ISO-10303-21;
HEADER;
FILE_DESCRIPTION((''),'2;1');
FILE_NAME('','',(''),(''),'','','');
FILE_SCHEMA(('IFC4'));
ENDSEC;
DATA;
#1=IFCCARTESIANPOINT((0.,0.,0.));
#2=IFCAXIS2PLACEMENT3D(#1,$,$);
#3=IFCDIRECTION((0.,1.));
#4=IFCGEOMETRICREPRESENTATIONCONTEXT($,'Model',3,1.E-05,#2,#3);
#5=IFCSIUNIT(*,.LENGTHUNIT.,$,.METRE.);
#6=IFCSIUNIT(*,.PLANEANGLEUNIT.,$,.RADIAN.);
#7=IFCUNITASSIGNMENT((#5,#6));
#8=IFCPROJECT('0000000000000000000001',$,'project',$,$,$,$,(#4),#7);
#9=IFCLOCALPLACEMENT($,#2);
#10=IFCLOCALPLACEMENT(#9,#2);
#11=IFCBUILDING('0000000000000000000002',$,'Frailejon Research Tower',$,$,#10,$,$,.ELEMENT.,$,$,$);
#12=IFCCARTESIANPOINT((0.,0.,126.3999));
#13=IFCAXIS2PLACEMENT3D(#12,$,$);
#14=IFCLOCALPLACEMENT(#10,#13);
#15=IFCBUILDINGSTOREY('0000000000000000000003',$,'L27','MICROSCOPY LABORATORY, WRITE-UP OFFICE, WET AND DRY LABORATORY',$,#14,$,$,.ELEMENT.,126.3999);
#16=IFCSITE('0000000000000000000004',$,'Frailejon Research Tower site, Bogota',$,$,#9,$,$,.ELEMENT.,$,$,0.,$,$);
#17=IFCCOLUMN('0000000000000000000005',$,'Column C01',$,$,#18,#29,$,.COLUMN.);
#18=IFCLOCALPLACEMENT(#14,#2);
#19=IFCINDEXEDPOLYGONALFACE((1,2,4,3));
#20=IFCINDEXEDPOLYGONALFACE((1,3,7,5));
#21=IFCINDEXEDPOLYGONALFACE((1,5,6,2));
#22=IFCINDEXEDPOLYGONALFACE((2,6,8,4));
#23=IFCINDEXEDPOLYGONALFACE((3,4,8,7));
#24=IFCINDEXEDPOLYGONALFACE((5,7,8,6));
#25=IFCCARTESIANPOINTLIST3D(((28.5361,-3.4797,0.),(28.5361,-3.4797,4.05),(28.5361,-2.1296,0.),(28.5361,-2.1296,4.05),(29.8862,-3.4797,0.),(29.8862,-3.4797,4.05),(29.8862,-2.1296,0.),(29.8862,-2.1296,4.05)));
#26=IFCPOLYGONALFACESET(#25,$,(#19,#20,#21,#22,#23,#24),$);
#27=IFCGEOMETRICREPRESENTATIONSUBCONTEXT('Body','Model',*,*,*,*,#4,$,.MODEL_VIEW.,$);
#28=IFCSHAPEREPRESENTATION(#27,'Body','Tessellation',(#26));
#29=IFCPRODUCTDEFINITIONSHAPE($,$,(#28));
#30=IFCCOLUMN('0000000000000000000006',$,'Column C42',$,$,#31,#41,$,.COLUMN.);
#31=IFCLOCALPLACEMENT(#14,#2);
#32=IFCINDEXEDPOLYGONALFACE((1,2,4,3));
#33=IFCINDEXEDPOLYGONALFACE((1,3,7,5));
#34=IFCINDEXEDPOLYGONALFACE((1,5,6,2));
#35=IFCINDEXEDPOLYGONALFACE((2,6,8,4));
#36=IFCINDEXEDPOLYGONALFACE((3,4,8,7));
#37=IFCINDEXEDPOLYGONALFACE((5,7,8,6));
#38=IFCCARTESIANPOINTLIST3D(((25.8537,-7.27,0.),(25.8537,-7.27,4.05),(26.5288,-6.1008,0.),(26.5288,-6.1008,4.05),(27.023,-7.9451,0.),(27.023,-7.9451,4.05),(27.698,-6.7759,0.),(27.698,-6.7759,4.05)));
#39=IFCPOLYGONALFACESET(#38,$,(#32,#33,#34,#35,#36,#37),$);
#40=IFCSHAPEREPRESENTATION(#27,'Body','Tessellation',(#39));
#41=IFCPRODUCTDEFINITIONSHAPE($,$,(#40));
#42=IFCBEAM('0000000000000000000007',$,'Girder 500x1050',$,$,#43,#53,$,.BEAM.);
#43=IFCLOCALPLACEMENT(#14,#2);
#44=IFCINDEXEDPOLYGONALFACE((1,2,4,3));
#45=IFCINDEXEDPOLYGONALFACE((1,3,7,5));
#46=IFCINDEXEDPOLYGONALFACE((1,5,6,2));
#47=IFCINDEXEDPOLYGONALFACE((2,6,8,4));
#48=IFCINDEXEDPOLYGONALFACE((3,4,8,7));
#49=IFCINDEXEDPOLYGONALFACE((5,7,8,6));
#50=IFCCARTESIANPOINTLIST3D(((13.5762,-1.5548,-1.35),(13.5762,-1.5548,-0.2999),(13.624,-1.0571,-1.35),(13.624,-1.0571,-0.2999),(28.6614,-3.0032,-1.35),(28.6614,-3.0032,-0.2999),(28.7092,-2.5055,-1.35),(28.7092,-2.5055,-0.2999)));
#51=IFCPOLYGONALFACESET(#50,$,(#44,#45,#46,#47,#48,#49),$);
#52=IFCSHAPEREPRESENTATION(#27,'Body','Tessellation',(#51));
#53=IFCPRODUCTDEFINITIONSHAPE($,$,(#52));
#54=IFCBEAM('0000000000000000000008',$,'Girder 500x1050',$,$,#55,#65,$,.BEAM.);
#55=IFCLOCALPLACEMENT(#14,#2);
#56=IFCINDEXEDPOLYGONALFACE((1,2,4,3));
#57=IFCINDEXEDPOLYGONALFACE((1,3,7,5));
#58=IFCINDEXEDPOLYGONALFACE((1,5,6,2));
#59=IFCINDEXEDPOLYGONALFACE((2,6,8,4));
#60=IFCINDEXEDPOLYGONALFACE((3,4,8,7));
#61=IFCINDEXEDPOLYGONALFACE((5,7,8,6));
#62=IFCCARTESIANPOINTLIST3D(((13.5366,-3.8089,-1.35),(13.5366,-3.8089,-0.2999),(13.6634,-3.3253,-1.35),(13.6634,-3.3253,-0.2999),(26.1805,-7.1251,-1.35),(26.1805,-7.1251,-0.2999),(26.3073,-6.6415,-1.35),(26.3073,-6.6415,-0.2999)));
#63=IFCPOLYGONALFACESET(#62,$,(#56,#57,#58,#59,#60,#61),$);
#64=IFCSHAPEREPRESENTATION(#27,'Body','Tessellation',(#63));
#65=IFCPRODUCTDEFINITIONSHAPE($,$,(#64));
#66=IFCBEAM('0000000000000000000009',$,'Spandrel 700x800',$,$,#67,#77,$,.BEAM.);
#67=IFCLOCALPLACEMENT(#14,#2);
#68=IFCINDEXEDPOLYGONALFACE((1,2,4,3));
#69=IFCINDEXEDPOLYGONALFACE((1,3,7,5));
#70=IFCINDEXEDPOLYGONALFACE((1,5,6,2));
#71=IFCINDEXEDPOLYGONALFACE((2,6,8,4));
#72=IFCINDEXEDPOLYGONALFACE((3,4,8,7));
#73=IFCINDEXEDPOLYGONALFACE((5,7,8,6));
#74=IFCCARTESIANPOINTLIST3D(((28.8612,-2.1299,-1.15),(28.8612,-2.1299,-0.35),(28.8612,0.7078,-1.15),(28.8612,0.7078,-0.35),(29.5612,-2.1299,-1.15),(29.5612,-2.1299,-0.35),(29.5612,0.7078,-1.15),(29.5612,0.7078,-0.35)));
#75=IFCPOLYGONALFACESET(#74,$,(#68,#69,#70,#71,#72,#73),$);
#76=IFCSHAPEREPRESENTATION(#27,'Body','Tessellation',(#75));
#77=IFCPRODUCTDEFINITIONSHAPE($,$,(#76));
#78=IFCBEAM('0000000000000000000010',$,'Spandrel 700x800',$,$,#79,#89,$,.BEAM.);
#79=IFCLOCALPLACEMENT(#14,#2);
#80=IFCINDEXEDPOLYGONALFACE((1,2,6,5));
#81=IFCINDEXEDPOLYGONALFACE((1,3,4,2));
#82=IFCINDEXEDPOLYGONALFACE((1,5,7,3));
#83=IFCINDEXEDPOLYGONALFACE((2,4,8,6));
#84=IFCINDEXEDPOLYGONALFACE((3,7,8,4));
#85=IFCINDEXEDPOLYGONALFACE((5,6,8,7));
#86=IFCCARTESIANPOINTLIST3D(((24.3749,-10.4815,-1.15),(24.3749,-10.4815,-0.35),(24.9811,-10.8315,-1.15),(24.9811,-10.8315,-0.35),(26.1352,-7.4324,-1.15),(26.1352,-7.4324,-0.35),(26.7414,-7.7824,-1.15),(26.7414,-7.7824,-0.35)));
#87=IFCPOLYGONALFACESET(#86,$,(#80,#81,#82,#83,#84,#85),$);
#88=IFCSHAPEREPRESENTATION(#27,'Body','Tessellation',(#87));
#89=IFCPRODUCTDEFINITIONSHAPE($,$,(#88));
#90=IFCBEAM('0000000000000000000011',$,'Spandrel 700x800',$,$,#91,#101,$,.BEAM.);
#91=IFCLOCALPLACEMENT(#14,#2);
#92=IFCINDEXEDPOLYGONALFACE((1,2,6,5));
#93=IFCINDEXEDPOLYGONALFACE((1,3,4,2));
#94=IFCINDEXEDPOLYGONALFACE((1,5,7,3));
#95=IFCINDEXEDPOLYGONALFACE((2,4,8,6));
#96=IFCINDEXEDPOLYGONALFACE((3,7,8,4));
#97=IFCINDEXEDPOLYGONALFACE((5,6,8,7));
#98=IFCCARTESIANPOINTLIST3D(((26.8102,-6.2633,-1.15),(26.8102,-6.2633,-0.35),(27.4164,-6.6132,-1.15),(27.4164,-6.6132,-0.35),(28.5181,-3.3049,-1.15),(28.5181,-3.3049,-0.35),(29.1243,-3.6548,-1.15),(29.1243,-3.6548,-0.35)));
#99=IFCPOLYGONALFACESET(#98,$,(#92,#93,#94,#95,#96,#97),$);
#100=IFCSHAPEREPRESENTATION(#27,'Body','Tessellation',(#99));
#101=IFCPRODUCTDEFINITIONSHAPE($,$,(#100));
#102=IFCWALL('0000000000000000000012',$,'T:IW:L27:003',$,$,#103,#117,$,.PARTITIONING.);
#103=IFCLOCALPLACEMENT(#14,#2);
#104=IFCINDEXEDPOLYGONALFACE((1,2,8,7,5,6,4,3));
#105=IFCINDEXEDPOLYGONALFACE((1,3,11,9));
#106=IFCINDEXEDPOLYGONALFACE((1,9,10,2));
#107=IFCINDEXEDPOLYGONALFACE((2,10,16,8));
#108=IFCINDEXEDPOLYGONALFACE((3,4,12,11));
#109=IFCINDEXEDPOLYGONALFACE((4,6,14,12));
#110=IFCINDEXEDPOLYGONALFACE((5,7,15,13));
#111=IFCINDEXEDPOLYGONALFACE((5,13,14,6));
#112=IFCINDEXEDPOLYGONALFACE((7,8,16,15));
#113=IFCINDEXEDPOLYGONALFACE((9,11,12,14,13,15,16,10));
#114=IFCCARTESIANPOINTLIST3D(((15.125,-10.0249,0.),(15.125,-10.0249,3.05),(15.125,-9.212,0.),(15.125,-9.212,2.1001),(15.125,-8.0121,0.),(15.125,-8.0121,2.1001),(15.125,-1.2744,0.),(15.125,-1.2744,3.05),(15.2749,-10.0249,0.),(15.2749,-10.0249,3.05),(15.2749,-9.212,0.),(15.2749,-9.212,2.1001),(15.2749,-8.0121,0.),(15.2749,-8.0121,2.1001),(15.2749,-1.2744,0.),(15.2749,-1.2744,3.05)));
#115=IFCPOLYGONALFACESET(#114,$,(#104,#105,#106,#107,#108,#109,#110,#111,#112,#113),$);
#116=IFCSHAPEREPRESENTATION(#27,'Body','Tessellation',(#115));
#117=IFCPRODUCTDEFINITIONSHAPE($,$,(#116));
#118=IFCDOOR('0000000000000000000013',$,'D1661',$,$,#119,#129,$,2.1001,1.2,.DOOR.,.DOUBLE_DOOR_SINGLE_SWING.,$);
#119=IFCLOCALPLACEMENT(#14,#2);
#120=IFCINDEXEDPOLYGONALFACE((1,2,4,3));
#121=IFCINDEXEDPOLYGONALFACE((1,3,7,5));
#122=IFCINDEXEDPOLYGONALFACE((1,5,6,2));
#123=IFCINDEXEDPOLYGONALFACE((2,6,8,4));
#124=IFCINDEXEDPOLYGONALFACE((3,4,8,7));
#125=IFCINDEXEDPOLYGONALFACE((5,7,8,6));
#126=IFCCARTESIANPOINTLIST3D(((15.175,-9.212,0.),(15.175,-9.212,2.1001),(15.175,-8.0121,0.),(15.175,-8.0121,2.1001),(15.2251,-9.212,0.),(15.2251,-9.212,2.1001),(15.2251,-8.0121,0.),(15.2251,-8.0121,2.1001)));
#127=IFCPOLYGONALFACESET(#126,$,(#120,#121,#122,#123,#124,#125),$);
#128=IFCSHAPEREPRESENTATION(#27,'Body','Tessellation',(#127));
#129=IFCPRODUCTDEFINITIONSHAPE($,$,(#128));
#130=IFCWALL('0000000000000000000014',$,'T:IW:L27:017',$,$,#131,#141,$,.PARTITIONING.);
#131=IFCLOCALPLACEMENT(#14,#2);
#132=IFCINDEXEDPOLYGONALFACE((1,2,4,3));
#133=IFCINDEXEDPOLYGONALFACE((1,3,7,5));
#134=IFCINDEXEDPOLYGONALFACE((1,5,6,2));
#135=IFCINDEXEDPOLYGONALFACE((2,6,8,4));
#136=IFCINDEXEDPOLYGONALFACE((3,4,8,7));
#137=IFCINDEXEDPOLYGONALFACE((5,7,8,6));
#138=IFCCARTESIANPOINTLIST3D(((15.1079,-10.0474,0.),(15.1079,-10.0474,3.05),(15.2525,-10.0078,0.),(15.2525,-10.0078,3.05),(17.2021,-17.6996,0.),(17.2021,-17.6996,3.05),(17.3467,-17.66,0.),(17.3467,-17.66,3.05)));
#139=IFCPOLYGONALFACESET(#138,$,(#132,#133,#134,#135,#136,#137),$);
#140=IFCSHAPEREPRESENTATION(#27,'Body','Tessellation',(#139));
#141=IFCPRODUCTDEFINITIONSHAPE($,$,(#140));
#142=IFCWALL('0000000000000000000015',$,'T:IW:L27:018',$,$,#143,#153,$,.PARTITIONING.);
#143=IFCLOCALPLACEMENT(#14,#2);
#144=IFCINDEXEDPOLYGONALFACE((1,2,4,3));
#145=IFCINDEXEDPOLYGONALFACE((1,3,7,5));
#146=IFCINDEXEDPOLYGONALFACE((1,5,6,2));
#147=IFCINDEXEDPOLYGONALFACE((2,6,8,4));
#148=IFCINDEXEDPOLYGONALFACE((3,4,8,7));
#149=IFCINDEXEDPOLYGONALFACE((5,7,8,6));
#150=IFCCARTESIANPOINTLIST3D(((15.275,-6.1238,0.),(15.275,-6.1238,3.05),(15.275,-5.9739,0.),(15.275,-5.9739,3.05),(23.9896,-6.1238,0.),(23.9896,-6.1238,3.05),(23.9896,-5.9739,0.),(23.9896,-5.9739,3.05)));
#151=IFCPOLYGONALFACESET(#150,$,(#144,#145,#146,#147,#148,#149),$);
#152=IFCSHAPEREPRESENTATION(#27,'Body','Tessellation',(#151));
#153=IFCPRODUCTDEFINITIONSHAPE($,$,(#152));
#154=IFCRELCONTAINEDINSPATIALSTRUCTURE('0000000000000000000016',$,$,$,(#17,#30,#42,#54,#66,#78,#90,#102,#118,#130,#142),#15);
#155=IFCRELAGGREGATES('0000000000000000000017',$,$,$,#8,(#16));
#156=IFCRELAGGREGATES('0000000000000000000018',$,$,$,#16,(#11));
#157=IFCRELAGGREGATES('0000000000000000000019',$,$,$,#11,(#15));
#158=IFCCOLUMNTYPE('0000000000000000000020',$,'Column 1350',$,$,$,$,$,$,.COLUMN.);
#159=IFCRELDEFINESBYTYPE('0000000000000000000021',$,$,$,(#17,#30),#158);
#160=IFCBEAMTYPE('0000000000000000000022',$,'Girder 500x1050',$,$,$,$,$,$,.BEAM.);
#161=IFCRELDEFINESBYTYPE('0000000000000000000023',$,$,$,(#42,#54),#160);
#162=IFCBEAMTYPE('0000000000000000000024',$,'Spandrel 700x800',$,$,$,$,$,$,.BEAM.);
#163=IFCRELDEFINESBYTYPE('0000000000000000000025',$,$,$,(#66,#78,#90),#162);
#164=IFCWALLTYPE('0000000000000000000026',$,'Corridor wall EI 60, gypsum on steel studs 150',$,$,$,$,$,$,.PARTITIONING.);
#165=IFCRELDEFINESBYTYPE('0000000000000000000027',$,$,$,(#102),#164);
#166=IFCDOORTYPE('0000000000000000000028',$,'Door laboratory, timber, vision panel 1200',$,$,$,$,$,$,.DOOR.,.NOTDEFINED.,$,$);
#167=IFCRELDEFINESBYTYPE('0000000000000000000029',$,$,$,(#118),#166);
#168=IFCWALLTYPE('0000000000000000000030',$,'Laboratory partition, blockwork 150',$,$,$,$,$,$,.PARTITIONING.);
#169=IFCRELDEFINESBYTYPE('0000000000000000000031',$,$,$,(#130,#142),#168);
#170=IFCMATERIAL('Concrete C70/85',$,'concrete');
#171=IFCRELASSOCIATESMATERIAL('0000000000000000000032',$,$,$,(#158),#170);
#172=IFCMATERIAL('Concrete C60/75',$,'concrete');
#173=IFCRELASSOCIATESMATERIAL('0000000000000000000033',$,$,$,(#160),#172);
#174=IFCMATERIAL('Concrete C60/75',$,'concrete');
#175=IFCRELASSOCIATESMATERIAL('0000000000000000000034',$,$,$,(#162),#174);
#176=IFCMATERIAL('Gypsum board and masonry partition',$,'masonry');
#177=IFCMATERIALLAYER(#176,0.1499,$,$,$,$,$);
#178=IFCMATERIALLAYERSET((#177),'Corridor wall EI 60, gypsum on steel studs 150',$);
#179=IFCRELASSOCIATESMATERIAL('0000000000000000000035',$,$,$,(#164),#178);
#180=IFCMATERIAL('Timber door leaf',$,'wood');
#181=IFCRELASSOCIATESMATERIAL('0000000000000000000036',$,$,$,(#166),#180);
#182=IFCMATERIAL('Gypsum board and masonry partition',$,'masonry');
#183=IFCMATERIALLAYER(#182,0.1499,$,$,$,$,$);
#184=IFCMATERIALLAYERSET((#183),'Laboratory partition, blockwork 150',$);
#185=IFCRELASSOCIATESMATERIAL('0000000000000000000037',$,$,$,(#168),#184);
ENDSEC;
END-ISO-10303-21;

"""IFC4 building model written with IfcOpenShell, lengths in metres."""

from ifc_helpers import new_model, si_unit, direction, frame, frame_2d, origin, origin_2d, place, context, subcontext, project, spatial, rectangle, extrude, material, layer, layer_set, material_profile, profile_set, type_object, element, fill, save


model = new_model("IFC4")

# Units and contexts
model_context = context("Model", 3, precision=1e-05, world=origin(), true_north=direction((0.0, 1.0)))
body_context = subcontext(model_context, "Body", "Model", "MODEL_VIEW")
ifc_project = project(units=[si_unit("LENGTHUNIT", "METRE"), si_unit("PLANEANGLEUNIT", "RADIAN")], contexts=[model_context])

# Site, building, storey
site_placement = place(None, origin())
site = spatial("IfcSite", under=ifc_project, at=site_placement, Name="Frailejon Research Tower site, Bogota", CompositionType="ELEMENT", RefElevation=0.0)
building_placement = place(site_placement, origin())
building = spatial("IfcBuilding", under=site, at=building_placement, Name="Frailejon Research Tower", CompositionType="ELEMENT")
storey_placement = place(building_placement, frame((0.0, 0.0, 126.3999)))
storey = spatial("IfcBuildingStorey", under=building, at=storey_placement, Name="L27", Description="MICROSCOPY LABORATORY, WRITE-UP OFFICE, WET AND DRY LABORATORY", CompositionType="ELEMENT", Elevation=126.3999)

# Columns
ifc_material_1 = material(Name="Concrete C70/85", Category="concrete")
ifc_material_profile_1 = material_profile(ifc_material_1, rectangle(XDim=1.3501, YDim=1.3501, at=origin_2d()), Name="Column 1350")
ifc_profile_set_1 = profile_set([ifc_material_profile_1], Name="Concrete C70/85")
column_type = type_object("IfcColumnType", Name="Column 1350", PredefinedType="COLUMN", material=ifc_profile_set_1)
for number, where, z_axis, x_axis, name in (
    (1, (29.2112, -2.8047, 0.0), (0.0, 0.0, 1.0), (0.0, 1.0, 0.0), "Column C01"),
    (2, (26.7759, -7.0229, 0.0), (0.0, 0.0, 1.0), (0.5, 0.866025, 0.0), "Column C42"),
):
    element("IfcColumn", number, at=place(storey_placement, frame(where, z_axis=z_axis, x_axis=x_axis)), inside=storey, type_object=column_type, Name=name, PredefinedType="COLUMN", context=body_context, shape_type="SweptSolid", body=[
        extrude(rectangle(XDim=1.3501, YDim=1.3501, at=origin_2d()), origin(), (0.0, 0.0, 1.0), 4.05),
    ])

# Beams
ifc_material_2 = material(Name="Concrete C60/75", Category="concrete")
ifc_material_profile_2 = material_profile(ifc_material_2, rectangle(XDim=0.5, YDim=1.05, at=origin_2d()), Name="Girder 500x1050")
ifc_profile_set_2 = profile_set([ifc_material_profile_2], Name="Concrete C60/75")
beam_type_1 = type_object("IfcBeamType", Name="Girder 500x1050", PredefinedType="BEAM", material=ifc_profile_set_2)
beam_1_placement = place(storey_placement, frame((28.6853, -2.7544, -0.825), z_axis=(-0.995422, 0.095581, 0.0), x_axis=(-0.095581, -0.995422, 0.0)))
element("IfcBeam", 3, at=beam_1_placement, inside=storey, type_object=beam_type_1, Name="Girder 500x1050", PredefinedType="BEAM", context=body_context, shape_type="SweptSolid", body=[
    extrude(rectangle(XDim=0.5, YDim=1.05, at=origin_2d()), origin(), (0.0, 0.0, 1.0), 15.1545),
])
beam_2_placement = place(storey_placement, frame((26.2439, -6.8833, -0.825), z_axis=(-0.967284, 0.253695, 0.0), x_axis=(-0.253695, -0.967284, 0.0)))
element("IfcBeam", 4, at=beam_2_placement, inside=storey, type_object=beam_type_1, Name="Girder 500x1050", PredefinedType="BEAM", context=body_context, shape_type="SweptSolid", body=[
    extrude(rectangle(XDim=0.5, YDim=1.05, at=origin_2d()), origin(), (0.0, 0.0, 1.0), 13.0715),
])
ifc_material_3 = material(Name="Concrete C60/75", Category="concrete")
ifc_material_profile_3 = material_profile(ifc_material_3, rectangle(XDim=0.7, YDim=0.8, at=origin_2d()), Name="Spandrel 700x800")
ifc_profile_set_3 = profile_set([ifc_material_profile_3], Name="Concrete C60/75")
beam_type_2 = type_object("IfcBeamType", Name="Spandrel 700x800", PredefinedType="BEAM", material=ifc_profile_set_3)
beam_3_placement = place(storey_placement, frame((29.2112, -2.1299, -0.75), z_axis=(0.0, 1.0, 0.0), x_axis=(-1.0, 0.0, 0.0)))
element("IfcBeam", 5, at=beam_3_placement, inside=storey, type_object=beam_type_2, Name="Spandrel 700x800", PredefinedType="BEAM", context=body_context, shape_type="SweptSolid", body=[
    extrude(rectangle(XDim=0.7, YDim=0.8, at=origin_2d()), origin(), (0.0, 0.0, 1.0), 2.8376),
])
beam_4_placement = place(storey_placement, frame((24.678, -10.6565, -0.75), z_axis=(0.499973, 0.866041, 0.0), x_axis=(-0.866041, 0.499973, 0.0)))
element("IfcBeam", 6, at=beam_4_placement, inside=storey, type_object=beam_type_2, Name="Spandrel 700x800", PredefinedType="BEAM", context=body_context, shape_type="SweptSolid", body=[
    extrude(rectangle(XDim=0.7, YDim=0.8, at=origin_2d()), origin(), (0.0, 0.0, 1.0), 3.5208),
])
beam_5_placement = place(storey_placement, frame((27.1133, -6.4382, -0.75), z_axis=(0.499982, 0.866036, 0.0), x_axis=(-0.866036, 0.499982, 0.0)))
element("IfcBeam", 7, at=beam_5_placement, inside=storey, type_object=beam_type_2, Name="Spandrel 700x800", PredefinedType="BEAM", context=body_context, shape_type="SweptSolid", body=[
    extrude(rectangle(XDim=0.7, YDim=0.8, at=origin_2d()), origin(), (0.0, 0.0, 1.0), 3.416),
])

# Wall, opening, door
ifc_material_4 = material(Name="Gypsum board and masonry partition", Category="masonry")
ifc_layer_1 = layer(ifc_material_4, 0.1499)
ifc_layer_set_1 = layer_set([ifc_layer_1], Name="Corridor wall EI 60, gypsum on steel studs 150")
wall_type_1 = type_object("IfcWallType", Name="Corridor wall EI 60, gypsum on steel studs 150", PredefinedType="PARTITIONING", material=ifc_layer_set_1)
wall_1_placement = place(storey_placement, frame((15.2, -10.0249, 0.0), z_axis=(0.0, 0.0, 1.0), x_axis=(0.0, 1.0, 0.0)))
wall_1 = element("IfcWall", 8, at=wall_1_placement, inside=storey, type_object=wall_type_1, Name="T:IW:L27:003", PredefinedType="PARTITIONING", context=body_context, shape_type="SweptSolid", body=[
    extrude(rectangle(XDim=8.7505, YDim=0.1499, at=frame_2d((4.3752, 0.0))), origin(), (0.0, 0.0, 1.0), 3.05),
])
opening_1_placement = place(wall_1_placement, frame((0.8127, 0.0, 0.0)))
opening_1 = element("IfcOpeningElement", 9, at=opening_1_placement, cuts=wall_1, PredefinedType="OPENING", context=body_context, shape_type="SweptSolid", body=[
    extrude(rectangle(XDim=1.2, YDim=2.1001, at=frame_2d((0.6001, 1.05))), frame((0.0, 0.085, 0.0), z_axis=(0.0, -1.0, 0.0), x_axis=(1.0, 0.0, 0.0)), (0.0, 0.0, 1.0), 0.1699),
])
ifc_material_5 = material(Name="Timber door leaf", Category="wood")
door_type = type_object("IfcDoorType", Name="Door laboratory, timber, vision panel 1200", OperationType="NOTDEFINED", PredefinedType="DOOR", material=ifc_material_5)
door_placement = place(opening_1_placement, origin())
door = element("IfcDoor", 10, at=door_placement, inside=storey, type_object=door_type, Name="D1661", OperationType="DOUBLE_DOOR_SINGLE_SWING", OverallHeight=2.1001, OverallWidth=1.2, PredefinedType="DOOR", context=body_context, shape_type="SweptSolid", body=[
    extrude(rectangle(XDim=1.2, YDim=2.1001, at=frame_2d((0.6001, 1.05))), frame((0.0, 0.0249, 0.0), z_axis=(0.0, -1.0, 0.0), x_axis=(1.0, 0.0, 0.0)), (0.0, 0.0, 1.0), 0.05),
])
fill(opening_1, door)

# Walls
ifc_material_6 = material(Name="Gypsum board and masonry partition", Category="masonry")
ifc_layer_2 = layer(ifc_material_6, 0.1499)
ifc_layer_set_2 = layer_set([ifc_layer_2], Name="Laboratory partition, blockwork 150")
wall_type_2 = type_object("IfcWallType", Name="Laboratory partition, blockwork 150", PredefinedType="PARTITIONING", material=ifc_layer_set_2)
wall_2_placement = place(storey_placement, frame((15.1802, -10.0276, 0.0), z_axis=(0.0, 0.0, 1.0), x_axis=(0.263974, -0.96453, 0.0)))
element("IfcWall", 11, at=wall_2_placement, inside=storey, type_object=wall_type_2, Name="T:IW:L27:017", PredefinedType="PARTITIONING", context=body_context, shape_type="SweptSolid", body=[
    extrude(rectangle(XDim=7.9336, YDim=0.1499, at=frame_2d((3.9668, 0.0))), origin(), (0.0, 0.0, 1.0), 3.05),
])
wall_3_placement = place(storey_placement, frame((15.2749, -6.0488, 0.0), z_axis=(0.0, 0.0, 1.0), x_axis=(1.0, 0.0, 0.0)))
element("IfcWall", 12, at=wall_3_placement, inside=storey, type_object=wall_type_2, Name="T:IW:L27:018", PredefinedType="PARTITIONING", context=body_context, shape_type="SweptSolid", body=[
    extrude(rectangle(XDim=8.7146, YDim=0.1499, at=frame_2d((4.3574, 0.0))), origin(), (0.0, 0.0, 1.0), 3.05),
])

save(model, "model.ifc")
